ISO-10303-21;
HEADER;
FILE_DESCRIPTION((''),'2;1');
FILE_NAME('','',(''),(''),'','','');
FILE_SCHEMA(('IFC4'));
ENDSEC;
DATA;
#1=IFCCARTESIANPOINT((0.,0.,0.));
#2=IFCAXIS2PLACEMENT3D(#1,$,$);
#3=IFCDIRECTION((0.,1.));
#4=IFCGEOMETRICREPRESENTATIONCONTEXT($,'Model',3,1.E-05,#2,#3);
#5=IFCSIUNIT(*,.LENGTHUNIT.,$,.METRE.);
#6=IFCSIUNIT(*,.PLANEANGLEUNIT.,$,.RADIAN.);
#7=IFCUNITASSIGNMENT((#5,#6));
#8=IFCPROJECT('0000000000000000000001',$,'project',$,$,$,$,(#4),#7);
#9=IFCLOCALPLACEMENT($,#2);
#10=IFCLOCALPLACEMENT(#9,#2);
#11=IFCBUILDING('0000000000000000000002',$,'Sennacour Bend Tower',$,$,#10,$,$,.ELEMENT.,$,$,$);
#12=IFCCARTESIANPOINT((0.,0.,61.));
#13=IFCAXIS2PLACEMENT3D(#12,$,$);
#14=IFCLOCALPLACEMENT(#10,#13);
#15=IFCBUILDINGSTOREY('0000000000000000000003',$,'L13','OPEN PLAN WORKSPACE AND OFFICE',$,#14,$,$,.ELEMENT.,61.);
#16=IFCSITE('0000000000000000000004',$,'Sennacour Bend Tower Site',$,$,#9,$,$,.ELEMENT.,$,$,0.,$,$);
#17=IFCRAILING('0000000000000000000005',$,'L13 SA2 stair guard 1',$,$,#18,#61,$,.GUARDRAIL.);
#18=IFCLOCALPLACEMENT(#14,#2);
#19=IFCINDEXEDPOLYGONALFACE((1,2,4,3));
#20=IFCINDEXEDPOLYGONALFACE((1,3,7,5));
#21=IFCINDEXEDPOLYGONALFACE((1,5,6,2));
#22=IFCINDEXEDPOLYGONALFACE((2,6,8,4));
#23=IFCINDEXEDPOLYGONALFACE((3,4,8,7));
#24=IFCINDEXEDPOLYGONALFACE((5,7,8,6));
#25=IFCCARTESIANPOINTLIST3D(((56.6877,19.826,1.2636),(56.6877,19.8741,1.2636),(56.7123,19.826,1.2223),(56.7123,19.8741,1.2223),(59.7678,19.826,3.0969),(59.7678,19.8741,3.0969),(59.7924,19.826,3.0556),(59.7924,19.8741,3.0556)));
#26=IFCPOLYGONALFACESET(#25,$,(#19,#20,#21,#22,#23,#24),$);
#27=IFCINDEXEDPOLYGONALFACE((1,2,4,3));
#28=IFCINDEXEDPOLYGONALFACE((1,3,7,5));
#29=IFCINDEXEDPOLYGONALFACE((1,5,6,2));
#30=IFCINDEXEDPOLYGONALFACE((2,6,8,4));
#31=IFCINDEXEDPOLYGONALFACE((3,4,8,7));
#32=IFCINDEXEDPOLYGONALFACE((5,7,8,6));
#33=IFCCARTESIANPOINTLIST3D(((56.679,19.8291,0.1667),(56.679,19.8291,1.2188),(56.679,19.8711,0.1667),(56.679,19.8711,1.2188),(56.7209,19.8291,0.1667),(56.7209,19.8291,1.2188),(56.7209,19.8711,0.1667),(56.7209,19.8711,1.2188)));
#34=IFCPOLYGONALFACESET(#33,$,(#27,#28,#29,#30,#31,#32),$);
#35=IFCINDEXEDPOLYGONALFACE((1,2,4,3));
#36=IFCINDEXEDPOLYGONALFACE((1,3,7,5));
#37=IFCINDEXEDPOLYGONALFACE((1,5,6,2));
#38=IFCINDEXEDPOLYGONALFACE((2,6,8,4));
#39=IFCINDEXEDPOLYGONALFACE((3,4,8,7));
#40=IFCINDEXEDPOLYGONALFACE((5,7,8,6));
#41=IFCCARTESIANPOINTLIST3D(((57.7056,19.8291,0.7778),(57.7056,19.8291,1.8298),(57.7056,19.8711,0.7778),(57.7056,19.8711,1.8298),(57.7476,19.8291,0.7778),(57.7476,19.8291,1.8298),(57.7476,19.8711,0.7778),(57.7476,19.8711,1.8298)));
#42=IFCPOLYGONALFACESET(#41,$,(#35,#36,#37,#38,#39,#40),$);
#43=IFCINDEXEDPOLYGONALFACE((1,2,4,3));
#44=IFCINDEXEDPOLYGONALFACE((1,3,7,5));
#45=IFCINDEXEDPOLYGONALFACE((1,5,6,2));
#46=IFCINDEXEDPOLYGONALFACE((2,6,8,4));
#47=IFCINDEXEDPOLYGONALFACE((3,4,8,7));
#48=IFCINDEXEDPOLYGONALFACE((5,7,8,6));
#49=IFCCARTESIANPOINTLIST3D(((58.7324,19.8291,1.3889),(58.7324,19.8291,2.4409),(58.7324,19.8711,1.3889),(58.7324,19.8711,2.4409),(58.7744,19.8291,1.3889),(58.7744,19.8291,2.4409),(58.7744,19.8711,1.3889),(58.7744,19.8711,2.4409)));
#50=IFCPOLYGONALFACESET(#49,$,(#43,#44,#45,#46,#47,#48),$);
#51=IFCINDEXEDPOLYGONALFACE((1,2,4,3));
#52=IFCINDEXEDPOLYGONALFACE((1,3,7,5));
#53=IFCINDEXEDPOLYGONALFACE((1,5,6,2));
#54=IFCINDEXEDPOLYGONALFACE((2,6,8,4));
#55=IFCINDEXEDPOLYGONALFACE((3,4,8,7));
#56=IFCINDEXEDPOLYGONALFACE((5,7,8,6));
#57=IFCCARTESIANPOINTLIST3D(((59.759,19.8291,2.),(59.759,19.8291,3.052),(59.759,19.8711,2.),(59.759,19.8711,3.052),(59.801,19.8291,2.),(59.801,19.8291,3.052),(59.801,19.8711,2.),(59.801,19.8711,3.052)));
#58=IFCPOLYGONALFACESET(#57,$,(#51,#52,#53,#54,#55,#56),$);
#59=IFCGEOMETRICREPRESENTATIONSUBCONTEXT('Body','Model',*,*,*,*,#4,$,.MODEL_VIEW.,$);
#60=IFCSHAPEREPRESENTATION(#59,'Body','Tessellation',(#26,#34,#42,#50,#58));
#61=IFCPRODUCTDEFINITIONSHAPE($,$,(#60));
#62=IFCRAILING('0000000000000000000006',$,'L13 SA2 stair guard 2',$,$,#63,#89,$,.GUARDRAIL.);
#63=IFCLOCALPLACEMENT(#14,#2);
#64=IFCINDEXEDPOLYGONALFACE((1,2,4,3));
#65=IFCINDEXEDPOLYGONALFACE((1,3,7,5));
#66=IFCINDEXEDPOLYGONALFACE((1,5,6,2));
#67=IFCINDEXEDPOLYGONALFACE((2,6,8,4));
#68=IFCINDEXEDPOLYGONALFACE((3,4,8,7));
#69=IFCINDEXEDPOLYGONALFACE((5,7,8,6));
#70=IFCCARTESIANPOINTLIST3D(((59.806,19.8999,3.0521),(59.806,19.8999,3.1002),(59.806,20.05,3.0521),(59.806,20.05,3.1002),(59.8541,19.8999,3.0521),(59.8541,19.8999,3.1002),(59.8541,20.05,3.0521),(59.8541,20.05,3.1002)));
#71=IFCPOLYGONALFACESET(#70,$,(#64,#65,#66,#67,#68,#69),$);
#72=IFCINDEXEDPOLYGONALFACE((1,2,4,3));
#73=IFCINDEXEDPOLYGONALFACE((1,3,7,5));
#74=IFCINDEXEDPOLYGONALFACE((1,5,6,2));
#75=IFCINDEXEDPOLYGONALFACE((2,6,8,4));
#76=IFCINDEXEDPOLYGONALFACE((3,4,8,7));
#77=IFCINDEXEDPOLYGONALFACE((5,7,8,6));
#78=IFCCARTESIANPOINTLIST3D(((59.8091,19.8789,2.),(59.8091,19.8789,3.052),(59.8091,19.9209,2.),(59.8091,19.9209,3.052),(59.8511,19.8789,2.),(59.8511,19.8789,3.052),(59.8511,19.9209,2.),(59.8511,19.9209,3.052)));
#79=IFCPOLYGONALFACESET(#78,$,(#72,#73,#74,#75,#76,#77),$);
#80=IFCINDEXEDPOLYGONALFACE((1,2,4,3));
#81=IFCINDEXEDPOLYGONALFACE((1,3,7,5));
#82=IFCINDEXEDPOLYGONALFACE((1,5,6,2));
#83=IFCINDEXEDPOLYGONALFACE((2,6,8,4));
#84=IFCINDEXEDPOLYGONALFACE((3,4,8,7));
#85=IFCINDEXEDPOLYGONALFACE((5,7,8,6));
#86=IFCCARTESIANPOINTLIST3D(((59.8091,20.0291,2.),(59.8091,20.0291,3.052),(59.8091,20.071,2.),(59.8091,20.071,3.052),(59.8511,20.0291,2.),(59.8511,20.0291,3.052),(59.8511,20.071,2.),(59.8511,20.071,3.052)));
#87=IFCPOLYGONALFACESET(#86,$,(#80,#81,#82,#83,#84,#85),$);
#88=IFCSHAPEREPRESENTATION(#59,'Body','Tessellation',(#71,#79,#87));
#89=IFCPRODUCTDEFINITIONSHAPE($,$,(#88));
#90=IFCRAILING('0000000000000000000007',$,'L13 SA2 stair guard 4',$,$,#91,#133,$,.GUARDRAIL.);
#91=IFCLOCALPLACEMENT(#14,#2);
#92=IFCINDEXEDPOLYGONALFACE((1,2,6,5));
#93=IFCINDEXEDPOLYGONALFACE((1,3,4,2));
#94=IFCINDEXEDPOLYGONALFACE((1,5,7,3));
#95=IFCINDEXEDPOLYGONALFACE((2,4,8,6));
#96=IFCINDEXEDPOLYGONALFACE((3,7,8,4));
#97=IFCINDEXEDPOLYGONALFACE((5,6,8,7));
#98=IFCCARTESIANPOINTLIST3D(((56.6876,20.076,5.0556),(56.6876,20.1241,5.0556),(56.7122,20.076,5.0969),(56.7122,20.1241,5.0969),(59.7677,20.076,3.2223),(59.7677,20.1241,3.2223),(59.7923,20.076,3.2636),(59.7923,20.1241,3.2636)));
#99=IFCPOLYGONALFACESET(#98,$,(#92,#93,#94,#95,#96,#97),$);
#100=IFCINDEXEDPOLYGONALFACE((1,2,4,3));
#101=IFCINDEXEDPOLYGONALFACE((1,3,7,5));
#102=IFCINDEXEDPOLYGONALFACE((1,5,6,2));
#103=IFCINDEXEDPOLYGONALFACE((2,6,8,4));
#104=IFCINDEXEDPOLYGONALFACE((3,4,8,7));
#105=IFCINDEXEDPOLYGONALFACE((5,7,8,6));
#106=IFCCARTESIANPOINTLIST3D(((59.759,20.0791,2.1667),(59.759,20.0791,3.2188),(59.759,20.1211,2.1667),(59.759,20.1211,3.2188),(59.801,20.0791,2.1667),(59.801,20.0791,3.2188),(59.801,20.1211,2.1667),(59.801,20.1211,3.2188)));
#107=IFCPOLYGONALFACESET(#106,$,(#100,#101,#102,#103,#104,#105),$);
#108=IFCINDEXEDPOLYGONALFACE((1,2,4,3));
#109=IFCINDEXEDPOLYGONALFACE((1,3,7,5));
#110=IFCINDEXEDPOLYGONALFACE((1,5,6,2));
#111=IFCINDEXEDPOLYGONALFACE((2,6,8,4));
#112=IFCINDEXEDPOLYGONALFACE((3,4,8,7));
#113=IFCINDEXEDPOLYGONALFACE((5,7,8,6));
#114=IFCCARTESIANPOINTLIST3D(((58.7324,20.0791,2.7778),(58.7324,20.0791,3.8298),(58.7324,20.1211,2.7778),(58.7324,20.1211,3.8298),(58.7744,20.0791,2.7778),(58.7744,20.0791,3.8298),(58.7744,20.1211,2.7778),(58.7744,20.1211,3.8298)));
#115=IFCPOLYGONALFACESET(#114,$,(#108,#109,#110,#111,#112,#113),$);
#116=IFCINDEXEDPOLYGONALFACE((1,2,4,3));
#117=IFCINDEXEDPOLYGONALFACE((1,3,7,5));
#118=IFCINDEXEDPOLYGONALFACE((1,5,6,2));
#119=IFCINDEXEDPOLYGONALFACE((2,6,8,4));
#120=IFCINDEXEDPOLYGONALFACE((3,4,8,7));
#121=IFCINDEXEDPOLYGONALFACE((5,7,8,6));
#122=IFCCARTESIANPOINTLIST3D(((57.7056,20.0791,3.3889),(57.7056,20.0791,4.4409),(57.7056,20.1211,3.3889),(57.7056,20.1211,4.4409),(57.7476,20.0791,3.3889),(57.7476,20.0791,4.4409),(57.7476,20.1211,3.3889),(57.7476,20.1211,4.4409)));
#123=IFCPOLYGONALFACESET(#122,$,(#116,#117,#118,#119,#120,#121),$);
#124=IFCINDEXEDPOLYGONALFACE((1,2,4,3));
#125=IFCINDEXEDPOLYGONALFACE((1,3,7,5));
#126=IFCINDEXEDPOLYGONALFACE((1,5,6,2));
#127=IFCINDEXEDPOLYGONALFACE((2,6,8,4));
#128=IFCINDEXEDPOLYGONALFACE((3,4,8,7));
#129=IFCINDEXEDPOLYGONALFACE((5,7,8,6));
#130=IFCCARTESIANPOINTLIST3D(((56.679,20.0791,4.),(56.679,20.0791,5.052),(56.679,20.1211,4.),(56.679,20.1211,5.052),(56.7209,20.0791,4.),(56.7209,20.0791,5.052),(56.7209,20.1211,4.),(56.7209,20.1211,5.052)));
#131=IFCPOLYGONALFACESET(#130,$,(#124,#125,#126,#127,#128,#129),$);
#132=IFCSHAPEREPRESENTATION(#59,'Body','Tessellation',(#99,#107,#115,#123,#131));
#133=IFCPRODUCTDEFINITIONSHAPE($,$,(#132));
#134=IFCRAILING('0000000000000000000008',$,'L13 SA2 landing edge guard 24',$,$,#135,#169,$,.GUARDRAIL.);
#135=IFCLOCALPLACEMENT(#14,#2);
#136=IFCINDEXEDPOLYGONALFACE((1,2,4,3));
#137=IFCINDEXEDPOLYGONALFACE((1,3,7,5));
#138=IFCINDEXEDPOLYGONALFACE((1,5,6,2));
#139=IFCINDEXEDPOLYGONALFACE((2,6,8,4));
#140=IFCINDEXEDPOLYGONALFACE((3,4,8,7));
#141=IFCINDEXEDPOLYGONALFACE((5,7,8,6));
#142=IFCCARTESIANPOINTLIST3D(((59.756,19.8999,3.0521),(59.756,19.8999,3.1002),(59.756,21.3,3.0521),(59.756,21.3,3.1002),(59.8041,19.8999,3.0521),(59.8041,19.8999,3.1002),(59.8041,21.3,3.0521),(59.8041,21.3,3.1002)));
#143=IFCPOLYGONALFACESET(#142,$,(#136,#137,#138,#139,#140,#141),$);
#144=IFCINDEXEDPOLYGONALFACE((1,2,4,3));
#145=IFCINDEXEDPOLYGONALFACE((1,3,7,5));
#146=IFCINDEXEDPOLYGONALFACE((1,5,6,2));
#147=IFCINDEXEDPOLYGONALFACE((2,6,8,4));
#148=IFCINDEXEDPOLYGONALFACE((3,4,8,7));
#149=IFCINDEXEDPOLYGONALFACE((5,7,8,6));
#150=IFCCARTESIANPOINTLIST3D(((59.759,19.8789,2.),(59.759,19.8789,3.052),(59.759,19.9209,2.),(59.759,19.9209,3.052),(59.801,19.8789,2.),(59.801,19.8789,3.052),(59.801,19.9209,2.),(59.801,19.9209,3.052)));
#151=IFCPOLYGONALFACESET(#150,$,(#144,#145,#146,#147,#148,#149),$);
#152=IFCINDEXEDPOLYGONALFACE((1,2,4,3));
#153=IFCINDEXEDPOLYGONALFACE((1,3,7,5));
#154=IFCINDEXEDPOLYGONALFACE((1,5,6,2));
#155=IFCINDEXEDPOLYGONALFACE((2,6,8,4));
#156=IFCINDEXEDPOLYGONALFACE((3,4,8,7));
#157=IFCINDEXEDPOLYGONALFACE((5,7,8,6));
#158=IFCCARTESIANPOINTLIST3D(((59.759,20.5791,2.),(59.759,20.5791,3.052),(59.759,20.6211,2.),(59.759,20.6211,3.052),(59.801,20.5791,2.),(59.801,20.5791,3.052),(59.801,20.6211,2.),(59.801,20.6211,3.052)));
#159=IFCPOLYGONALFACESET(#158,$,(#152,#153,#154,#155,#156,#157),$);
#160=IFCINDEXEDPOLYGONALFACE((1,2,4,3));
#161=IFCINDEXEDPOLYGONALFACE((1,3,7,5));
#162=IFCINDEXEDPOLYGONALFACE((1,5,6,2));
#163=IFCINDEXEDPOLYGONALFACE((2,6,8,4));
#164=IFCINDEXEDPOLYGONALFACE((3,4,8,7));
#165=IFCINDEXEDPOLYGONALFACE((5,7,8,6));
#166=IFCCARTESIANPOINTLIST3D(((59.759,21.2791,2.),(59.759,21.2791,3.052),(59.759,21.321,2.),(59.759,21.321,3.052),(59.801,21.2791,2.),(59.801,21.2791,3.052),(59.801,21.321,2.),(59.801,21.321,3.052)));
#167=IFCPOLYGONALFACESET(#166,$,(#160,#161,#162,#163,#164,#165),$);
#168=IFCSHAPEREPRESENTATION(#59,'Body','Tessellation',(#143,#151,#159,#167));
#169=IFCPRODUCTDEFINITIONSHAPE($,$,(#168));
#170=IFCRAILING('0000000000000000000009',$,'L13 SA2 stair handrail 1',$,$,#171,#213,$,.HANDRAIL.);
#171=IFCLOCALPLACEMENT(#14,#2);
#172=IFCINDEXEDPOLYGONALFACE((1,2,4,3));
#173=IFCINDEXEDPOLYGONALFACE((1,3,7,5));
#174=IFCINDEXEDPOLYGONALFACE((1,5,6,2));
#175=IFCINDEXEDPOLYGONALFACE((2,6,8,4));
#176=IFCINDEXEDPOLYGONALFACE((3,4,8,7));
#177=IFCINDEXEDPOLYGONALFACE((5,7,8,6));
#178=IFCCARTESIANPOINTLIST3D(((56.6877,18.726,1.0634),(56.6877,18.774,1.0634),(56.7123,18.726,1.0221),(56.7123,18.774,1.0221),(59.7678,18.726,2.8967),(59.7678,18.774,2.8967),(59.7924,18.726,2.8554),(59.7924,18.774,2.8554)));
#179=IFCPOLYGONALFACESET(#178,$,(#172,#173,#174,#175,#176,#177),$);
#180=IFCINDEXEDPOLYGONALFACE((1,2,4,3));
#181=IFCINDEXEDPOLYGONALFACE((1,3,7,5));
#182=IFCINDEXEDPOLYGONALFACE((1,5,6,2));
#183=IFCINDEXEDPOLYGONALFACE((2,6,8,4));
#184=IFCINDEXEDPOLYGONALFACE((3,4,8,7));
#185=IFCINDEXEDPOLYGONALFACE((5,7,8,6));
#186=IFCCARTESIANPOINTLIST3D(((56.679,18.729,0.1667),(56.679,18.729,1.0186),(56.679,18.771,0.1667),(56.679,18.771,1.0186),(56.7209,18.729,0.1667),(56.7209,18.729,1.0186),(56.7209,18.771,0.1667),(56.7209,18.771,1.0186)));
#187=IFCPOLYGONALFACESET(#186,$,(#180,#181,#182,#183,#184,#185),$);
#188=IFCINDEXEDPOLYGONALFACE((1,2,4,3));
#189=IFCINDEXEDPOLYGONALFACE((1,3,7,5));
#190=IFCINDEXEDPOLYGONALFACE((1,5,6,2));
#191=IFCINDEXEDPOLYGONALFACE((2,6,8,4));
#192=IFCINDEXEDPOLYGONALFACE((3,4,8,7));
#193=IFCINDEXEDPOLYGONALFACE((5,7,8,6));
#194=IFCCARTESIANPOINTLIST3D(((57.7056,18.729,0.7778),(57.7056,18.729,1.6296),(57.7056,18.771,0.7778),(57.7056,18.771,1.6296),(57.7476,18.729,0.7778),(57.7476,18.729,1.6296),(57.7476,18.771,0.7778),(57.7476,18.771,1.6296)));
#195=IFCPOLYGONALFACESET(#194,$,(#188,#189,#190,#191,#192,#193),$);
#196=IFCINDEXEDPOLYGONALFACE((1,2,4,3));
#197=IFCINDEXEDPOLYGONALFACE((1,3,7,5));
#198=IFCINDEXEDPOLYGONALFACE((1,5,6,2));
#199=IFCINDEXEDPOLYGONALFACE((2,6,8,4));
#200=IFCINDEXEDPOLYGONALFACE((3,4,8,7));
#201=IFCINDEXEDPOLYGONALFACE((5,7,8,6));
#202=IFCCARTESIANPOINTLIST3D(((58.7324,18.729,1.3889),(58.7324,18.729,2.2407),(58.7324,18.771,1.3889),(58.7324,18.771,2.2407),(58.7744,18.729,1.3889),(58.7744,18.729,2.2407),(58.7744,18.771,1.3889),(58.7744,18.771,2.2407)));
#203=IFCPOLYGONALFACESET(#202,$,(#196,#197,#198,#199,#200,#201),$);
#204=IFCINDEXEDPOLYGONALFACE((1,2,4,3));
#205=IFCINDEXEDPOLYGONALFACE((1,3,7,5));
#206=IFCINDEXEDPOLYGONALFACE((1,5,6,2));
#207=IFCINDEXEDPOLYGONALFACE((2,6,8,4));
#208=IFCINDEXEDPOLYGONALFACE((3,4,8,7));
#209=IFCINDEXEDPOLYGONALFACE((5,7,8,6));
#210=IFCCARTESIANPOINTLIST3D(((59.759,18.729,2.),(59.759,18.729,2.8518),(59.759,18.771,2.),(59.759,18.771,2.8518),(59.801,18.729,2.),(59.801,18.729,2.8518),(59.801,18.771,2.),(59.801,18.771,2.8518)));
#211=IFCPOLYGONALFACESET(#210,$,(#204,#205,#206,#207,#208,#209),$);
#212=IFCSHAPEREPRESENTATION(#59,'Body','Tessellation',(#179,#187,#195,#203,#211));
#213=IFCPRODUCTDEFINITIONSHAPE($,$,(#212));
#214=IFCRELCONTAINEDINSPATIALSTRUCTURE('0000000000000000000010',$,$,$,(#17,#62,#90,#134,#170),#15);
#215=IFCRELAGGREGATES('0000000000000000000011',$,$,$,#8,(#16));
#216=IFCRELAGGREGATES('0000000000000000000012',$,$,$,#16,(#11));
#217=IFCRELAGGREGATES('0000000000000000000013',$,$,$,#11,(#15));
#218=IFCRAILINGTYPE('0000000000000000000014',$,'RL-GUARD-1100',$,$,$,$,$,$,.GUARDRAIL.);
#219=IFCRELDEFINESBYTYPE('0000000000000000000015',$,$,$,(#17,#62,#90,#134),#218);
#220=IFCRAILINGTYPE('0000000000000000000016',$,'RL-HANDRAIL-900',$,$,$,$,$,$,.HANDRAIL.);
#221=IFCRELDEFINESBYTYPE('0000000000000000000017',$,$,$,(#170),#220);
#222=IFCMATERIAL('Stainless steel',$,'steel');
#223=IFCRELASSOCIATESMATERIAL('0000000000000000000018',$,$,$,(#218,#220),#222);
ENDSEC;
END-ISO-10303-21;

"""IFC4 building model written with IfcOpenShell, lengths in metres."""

from ifc_helpers import new_model, si_unit, direction, frame, origin, origin_2d, place, context, subcontext, project, spatial, rectangle, extrude, material, type_object, element, save


model = new_model("IFC4")

# Units and contexts
model_context = context("Model", 3, precision=1e-05, world=origin(), true_north=direction((0.0, 1.0)))
body_context = subcontext(model_context, "Body", "Model", "MODEL_VIEW")
ifc_project = project(units=[si_unit("LENGTHUNIT", "METRE"), si_unit("PLANEANGLEUNIT", "RADIAN")], contexts=[model_context])

# Site, building, storey
site_placement = place(None, origin())
site = spatial("IfcSite", under=ifc_project, at=site_placement, Name="Sennacour Bend Tower Site", CompositionType="ELEMENT", RefElevation=0.0)
building_placement = place(site_placement, origin())
building = spatial("IfcBuilding", under=site, at=building_placement, Name="Sennacour Bend Tower", CompositionType="ELEMENT")
storey_placement = place(building_placement, frame((0.0, 0.0, 61.0)))
storey = spatial("IfcBuildingStorey", under=building, at=storey_placement, Name="L13", Description="OPEN PLAN WORKSPACE AND OFFICE", CompositionType="ELEMENT", Elevation=61.0)

# Shared definitions
ifc_material_1 = material(Name="Stainless steel", Category="steel")

# Railings
railing_type_1 = type_object("IfcRailingType", Name="RL-GUARD-1100", PredefinedType="GUARDRAIL", material=ifc_material_1)
railing_1_placement = place(storey_placement, frame((56.7, 19.8501, 0.1667)))
element("IfcRailing", 1, at=railing_1_placement, inside=storey, type_object=railing_type_1, Name="L13 SA2 stair guard 1", PredefinedType="GUARDRAIL", context=body_context, shape_type="SweptSolid", body=[
    extrude(rectangle(XDim=0.0481, YDim=0.0481, at=origin_2d()), frame((0.0, 0.0, 1.0762), z_axis=(0.859309, 0.0, 0.511458), x_axis=(0.0, 1.0, 0.0)), (0.0, 0.0, 1.0), 3.5845),
    extrude(rectangle(XDim=0.042, YDim=0.042, at=origin_2d()), origin(), (0.0, 0.0, 1.0), 1.052),
    extrude(rectangle(XDim=0.042, YDim=0.042, at=origin_2d()), frame((1.0266, 0.0, 0.6111)), (0.0, 0.0, 1.0), 1.052),
    extrude(rectangle(XDim=0.042, YDim=0.042, at=origin_2d()), frame((2.0535, 0.0, 1.2222)), (0.0, 0.0, 1.0), 1.052),
    extrude(rectangle(XDim=0.042, YDim=0.042, at=origin_2d()), frame((3.0801, 0.0, 1.8333)), (0.0, 0.0, 1.0), 1.052),
])
railing_2_placement = place(storey_placement, frame((59.8301, 19.8999, 2.0)))
element("IfcRailing", 2, at=railing_2_placement, inside=storey, type_object=railing_type_1, Name="L13 SA2 stair guard 2", PredefinedType="GUARDRAIL", context=body_context, shape_type="SweptSolid", body=[
    extrude(rectangle(XDim=0.0481, YDim=0.0481, at=origin_2d()), frame((0.0, 0.0, 1.0762), z_axis=(0.0, 1.0, 0.0), x_axis=(-1.0, 0.0, 0.0)), (0.0, 0.0, 1.0), 0.1501),
    extrude(rectangle(XDim=0.042, YDim=0.042, at=origin_2d()), origin(), (0.0, 0.0, 1.0), 1.052),
    extrude(rectangle(XDim=0.042, YDim=0.042, at=origin_2d()), frame((0.0, 0.1501, 0.0)), (0.0, 0.0, 1.0), 1.052),
])
railing_3_placement = place(storey_placement, frame((59.78, 20.1001, 2.1667)))
element("IfcRailing", 3, at=railing_3_placement, inside=storey, type_object=railing_type_1, Name="L13 SA2 stair guard 4", PredefinedType="GUARDRAIL", context=body_context, shape_type="SweptSolid", body=[
    extrude(rectangle(XDim=0.0481, YDim=0.0481, at=origin_2d()), frame((0.0, 0.0, 1.0762), z_axis=(-0.859309, 0.0, 0.511458), x_axis=(0.0, -1.0, 0.0)), (0.0, 0.0, 1.0), 3.5845),
    extrude(rectangle(XDim=0.042, YDim=0.042, at=origin_2d()), origin(), (0.0, 0.0, 1.0), 1.052),
    extrude(rectangle(XDim=0.042, YDim=0.042, at=origin_2d()), frame((-1.0266, 0.0, 0.6111)), (0.0, 0.0, 1.0), 1.052),
    extrude(rectangle(XDim=0.042, YDim=0.042, at=origin_2d()), frame((-2.0535, 0.0, 1.2222)), (0.0, 0.0, 1.0), 1.052),
    extrude(rectangle(XDim=0.042, YDim=0.042, at=origin_2d()), frame((-3.0801, 0.0, 1.8333)), (0.0, 0.0, 1.0), 1.052),
])
railing_4_placement = place(storey_placement, frame((59.78, 19.8999, 2.0)))
element("IfcRailing", 4, at=railing_4_placement, inside=storey, type_object=railing_type_1, Name="L13 SA2 landing edge guard 24", PredefinedType="GUARDRAIL", context=body_context, shape_type="SweptSolid", body=[
    extrude(rectangle(XDim=0.0481, YDim=0.0481, at=origin_2d()), frame((0.0, 0.0, 1.0762), z_axis=(0.0, 1.0, 0.0), x_axis=(-1.0, 0.0, 0.0)), (0.0, 0.0, 1.0), 1.4001),
    extrude(rectangle(XDim=0.042, YDim=0.042, at=origin_2d()), origin(), (0.0, 0.0, 1.0), 1.052),
    extrude(rectangle(XDim=0.042, YDim=0.042, at=origin_2d()), frame((0.0, 0.7002, 0.0)), (0.0, 0.0, 1.0), 1.052),
    extrude(rectangle(XDim=0.042, YDim=0.042, at=origin_2d()), frame((0.0, 1.4001, 0.0)), (0.0, 0.0, 1.0), 1.052),
])
railing_type_2 = type_object("IfcRailingType", Name="RL-HANDRAIL-900", PredefinedType="HANDRAIL", material=ifc_material_1)
railing_5_placement = place(storey_placement, frame((56.7, 18.75, 0.1667)))
element("IfcRailing", 5, at=railing_5_placement, inside=storey, type_object=railing_type_2, Name="L13 SA2 stair handrail 1", PredefinedType="HANDRAIL", context=body_context, shape_type="SweptSolid", body=[
    extrude(rectangle(XDim=0.0481, YDim=0.0481, at=origin_2d()), frame((0.0, 0.0, 0.876), z_axis=(0.859309, 0.0, 0.511458), x_axis=(0.0, 1.0, 0.0)), (0.0, 0.0, 1.0), 3.5845),
    extrude(rectangle(XDim=0.042, YDim=0.042, at=origin_2d()), origin(), (0.0, 0.0, 1.0), 0.8518),
    extrude(rectangle(XDim=0.042, YDim=0.042, at=origin_2d()), frame((1.0266, 0.0, 0.6111)), (0.0, 0.0, 1.0), 0.8518),
    extrude(rectangle(XDim=0.042, YDim=0.042, at=origin_2d()), frame((2.0535, 0.0, 1.2222)), (0.0, 0.0, 1.0), 0.8518),
    extrude(rectangle(XDim=0.042, YDim=0.042, at=origin_2d()), frame((3.0801, 0.0, 1.8333)), (0.0, 0.0, 1.0), 0.8518),
])

save(model, "model.ifc")
